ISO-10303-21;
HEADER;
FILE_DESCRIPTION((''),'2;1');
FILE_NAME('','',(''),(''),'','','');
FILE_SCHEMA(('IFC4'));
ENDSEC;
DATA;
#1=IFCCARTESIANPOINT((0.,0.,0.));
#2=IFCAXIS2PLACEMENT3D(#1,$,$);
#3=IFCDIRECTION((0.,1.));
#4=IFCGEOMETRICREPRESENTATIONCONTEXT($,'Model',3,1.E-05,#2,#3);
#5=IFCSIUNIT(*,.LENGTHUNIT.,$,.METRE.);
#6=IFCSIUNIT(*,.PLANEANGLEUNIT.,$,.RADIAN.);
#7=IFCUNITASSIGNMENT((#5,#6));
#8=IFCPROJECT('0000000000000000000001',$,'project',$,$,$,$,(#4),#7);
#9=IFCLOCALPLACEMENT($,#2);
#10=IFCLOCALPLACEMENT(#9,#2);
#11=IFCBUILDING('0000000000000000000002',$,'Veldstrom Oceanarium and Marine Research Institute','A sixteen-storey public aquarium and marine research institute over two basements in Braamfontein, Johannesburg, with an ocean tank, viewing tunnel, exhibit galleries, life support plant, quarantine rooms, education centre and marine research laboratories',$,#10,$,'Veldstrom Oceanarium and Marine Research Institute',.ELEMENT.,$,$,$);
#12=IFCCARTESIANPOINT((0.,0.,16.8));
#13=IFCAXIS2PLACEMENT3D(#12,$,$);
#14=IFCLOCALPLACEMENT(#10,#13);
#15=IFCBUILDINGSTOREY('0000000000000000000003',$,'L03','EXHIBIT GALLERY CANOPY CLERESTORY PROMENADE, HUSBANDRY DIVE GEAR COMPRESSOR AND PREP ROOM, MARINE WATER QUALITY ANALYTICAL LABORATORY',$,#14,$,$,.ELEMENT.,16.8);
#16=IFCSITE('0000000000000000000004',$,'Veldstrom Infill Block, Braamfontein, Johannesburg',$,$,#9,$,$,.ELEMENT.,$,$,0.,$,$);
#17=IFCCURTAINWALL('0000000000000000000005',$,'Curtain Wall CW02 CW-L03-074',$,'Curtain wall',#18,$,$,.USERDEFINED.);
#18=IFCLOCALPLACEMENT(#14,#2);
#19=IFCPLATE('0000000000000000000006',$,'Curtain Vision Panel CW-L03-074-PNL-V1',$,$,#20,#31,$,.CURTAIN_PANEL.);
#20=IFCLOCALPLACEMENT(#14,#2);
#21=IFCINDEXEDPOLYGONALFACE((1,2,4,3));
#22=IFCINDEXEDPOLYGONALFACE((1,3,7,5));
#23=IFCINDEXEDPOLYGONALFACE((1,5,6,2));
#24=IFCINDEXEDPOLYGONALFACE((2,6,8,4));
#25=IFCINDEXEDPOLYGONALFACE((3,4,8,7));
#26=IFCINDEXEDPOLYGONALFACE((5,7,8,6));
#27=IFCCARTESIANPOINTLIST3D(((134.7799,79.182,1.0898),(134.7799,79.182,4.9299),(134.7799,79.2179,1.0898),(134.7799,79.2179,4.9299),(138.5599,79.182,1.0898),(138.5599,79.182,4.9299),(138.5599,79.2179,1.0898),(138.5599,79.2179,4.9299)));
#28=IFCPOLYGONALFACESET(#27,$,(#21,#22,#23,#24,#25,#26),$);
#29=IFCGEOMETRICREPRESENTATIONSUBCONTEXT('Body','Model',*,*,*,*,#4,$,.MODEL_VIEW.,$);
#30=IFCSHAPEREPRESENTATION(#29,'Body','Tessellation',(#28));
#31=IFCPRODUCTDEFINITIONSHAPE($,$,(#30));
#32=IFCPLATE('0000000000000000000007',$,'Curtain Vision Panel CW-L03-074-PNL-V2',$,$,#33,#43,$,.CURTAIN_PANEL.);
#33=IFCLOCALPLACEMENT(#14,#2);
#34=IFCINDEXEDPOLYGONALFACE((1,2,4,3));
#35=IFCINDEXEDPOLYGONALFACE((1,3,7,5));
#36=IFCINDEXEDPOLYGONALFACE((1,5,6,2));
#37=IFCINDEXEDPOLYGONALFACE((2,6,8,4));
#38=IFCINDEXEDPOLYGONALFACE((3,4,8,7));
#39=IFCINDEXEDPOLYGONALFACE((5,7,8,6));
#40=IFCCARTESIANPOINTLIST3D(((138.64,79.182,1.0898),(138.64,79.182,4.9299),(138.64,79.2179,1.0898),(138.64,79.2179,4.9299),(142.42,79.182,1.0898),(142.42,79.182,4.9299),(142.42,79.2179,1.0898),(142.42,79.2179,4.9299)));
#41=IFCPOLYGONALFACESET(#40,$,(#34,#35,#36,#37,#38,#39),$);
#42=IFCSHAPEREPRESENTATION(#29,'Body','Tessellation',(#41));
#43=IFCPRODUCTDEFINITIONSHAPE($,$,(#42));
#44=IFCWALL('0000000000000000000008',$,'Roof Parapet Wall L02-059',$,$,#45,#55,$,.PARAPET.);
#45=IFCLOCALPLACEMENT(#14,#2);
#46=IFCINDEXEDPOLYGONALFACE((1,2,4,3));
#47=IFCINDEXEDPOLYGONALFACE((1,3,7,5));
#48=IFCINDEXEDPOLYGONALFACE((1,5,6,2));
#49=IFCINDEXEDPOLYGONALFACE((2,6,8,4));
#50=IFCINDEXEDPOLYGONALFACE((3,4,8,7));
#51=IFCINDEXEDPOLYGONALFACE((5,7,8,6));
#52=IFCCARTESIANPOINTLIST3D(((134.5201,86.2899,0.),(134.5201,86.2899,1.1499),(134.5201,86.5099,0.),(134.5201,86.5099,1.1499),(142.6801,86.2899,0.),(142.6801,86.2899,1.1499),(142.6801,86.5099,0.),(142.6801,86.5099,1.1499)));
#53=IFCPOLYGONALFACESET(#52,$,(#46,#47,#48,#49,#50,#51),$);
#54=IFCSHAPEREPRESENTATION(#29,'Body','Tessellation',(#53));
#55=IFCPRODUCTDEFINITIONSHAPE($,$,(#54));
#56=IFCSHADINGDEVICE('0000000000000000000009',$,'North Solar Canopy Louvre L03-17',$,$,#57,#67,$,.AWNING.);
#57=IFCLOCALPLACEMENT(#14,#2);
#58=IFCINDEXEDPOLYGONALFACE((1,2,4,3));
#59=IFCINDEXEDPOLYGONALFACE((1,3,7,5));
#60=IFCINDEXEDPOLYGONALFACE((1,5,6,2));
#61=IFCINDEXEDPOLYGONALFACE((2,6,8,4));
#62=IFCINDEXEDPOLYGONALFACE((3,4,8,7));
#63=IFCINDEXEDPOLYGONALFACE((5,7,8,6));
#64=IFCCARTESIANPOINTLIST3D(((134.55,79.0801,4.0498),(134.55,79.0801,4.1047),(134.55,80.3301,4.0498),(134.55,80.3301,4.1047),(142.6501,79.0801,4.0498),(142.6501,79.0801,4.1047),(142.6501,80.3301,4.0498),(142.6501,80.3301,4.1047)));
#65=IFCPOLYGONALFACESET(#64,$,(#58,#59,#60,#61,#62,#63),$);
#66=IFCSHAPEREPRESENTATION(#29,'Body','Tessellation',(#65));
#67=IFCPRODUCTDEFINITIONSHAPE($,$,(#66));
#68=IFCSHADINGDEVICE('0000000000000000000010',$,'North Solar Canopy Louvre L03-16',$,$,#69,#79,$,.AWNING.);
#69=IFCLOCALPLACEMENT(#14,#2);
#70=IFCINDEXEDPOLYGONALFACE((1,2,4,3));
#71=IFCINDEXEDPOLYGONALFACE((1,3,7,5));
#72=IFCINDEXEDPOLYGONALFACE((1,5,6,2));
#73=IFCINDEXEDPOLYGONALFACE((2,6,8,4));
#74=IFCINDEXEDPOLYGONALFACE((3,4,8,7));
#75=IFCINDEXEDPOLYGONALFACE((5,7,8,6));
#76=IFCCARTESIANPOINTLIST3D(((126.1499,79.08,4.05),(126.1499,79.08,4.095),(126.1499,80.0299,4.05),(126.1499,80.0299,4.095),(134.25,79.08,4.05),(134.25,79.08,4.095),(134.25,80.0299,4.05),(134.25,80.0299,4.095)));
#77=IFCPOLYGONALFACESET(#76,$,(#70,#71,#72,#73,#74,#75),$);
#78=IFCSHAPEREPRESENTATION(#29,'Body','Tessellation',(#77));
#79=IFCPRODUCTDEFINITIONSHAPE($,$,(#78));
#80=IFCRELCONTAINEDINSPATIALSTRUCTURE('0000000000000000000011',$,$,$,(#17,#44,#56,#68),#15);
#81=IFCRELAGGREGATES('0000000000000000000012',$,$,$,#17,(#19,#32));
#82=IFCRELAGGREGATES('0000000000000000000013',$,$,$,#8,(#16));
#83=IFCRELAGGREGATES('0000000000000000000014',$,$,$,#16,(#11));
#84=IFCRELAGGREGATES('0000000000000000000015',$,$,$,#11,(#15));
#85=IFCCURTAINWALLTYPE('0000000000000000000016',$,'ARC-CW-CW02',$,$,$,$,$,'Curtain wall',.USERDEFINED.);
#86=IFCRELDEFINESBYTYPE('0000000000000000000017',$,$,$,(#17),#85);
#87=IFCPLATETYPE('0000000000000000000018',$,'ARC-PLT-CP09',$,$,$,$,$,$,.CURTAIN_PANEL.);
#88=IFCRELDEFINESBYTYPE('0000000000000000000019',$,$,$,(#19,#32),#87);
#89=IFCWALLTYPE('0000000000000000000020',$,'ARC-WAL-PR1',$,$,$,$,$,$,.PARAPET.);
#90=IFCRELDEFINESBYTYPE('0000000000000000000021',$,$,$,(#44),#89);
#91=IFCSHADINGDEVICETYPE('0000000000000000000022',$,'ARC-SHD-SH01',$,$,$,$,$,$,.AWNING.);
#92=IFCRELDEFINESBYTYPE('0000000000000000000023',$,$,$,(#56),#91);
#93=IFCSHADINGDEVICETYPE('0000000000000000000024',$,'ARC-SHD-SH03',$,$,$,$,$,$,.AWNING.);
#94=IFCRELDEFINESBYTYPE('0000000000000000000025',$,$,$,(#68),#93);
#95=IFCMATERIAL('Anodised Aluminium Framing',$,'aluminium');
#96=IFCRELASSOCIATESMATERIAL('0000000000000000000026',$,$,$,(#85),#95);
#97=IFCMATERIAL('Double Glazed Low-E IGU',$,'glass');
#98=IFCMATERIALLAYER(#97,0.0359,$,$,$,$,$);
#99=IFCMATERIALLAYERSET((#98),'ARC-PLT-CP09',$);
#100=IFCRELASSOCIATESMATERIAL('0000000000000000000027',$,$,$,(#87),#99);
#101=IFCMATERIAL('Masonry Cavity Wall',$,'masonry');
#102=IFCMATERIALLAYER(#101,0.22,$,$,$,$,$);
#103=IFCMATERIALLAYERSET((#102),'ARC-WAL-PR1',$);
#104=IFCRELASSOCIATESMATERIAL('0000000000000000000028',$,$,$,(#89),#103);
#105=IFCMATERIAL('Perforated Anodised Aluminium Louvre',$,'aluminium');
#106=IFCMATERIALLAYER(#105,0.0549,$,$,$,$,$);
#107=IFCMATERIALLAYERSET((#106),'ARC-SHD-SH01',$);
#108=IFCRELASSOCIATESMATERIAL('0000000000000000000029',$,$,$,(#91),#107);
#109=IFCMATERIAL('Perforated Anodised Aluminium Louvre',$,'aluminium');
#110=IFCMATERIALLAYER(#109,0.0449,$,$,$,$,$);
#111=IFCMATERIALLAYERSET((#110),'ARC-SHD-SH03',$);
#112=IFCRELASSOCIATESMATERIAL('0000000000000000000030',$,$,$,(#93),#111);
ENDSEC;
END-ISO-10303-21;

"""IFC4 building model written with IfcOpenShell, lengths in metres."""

from ifc_helpers import new_model, si_unit, direction, frame, frame_2d, origin, origin_2d, place, context, subcontext, project, spatial, rectangle, extrude, material, layer, layer_set, type_object, element, aggregate, save


model = new_model("IFC4")

# Units and contexts
model_context = context("Model", 3, precision=1e-05, world=origin(), true_north=direction((0.0, 1.0)))
body_context = subcontext(model_context, "Body", "Model", "MODEL_VIEW")
ifc_project = project(units=[si_unit("LENGTHUNIT", "METRE"), si_unit("PLANEANGLEUNIT", "RADIAN")], contexts=[model_context])

# Site, building, storey
site_placement = place(None, origin())
site = spatial("IfcSite", under=ifc_project, at=site_placement, Name="Veldstrom Infill Block, Braamfontein, Johannesburg", CompositionType="ELEMENT", RefElevation=0.0)
building_placement = place(site_placement, origin())
building = spatial("IfcBuilding", under=site, at=building_placement, Name="Veldstrom Oceanarium and Marine Research Institute", Description="A sixteen-storey public aquarium and marine research institute over two basements in Braamfontein, Johannesburg, with an ocean tank, viewing tunnel, exhibit galleries, life support plant, quarantine rooms, education centre and marine research laboratories", LongName="Veldstrom Oceanarium and Marine Research Institute", CompositionType="ELEMENT")
storey_placement = place(building_placement, frame((0.0, 0.0, 16.8)))
storey = spatial("IfcBuildingStorey", under=building, at=storey_placement, Name="L03", Description="EXHIBIT GALLERY CANOPY CLERESTORY PROMENADE, HUSBANDRY DIVE GEAR COMPRESSOR AND PREP ROOM, MARINE WATER QUALITY ANALYTICAL LABORATORY", CompositionType="ELEMENT", Elevation=16.8)

# Curtain wall
ifc_material_1 = material(Name="Anodised Aluminium Framing", Category="aluminium")
curtain_wall_type = type_object("IfcCurtainWallType", Name="ARC-CW-CW02", ElementType="Curtain wall", PredefinedType="USERDEFINED", material=ifc_material_1)
curtain_wall_1_placement = place(storey_placement, origin())
curtain_wall_1 = element("IfcCurtainWall", 1, at=curtain_wall_1_placement, inside=storey, type_object=curtain_wall_type, Name="Curtain Wall CW02 CW-L03-074", ObjectType="Curtain wall", PredefinedType="USERDEFINED")

# Plates
ifc_material_2 = material(Name="Double Glazed Low-E IGU", Category="glass")
ifc_layer_1 = layer(ifc_material_2, 0.0359)
ifc_layer_set_1 = layer_set([ifc_layer_1], Name="ARC-PLT-CP09")
plate_type_1 = type_object("IfcPlateType", Name="ARC-PLT-CP09", PredefinedType="CURTAIN_PANEL", material=ifc_layer_set_1)
plate_1_placement = place(storey_placement, frame((136.6699, 79.2, 1.0898), z_axis=(0.0, 0.0, 1.0), x_axis=(1.0, 0.0, 0.0)))
plate_1 = element("IfcPlate", 2, at=plate_1_placement, type_object=plate_type_1, Name="Curtain Vision Panel CW-L03-074-PNL-V1", PredefinedType="CURTAIN_PANEL", context=body_context, shape_type="SweptSolid", body=[
    extrude(rectangle(XDim=3.78, YDim=0.0359, at=origin_2d()), origin(), (0.0, 0.0, 1.0), 3.8401),
])
plate_2_placement = place(storey_placement, frame((140.53, 79.2, 1.0898), z_axis=(0.0, 0.0, 1.0), x_axis=(1.0, 0.0, 0.0)))
plate_2 = element("IfcPlate", 3, at=plate_2_placement, type_object=plate_type_1, Name="Curtain Vision Panel CW-L03-074-PNL-V2", PredefinedType="CURTAIN_PANEL", context=body_context, shape_type="SweptSolid", body=[
    extrude(rectangle(XDim=3.78, YDim=0.0359, at=origin_2d()), origin(), (0.0, 0.0, 1.0), 3.8401),
])
aggregate(curtain_wall_1, [plate_1, plate_2])

# Wall
ifc_material_3 = material(Name="Masonry Cavity Wall", Category="masonry")
ifc_layer_2 = layer(ifc_material_3, 0.22)
ifc_layer_set_2 = layer_set([ifc_layer_2], Name="ARC-WAL-PR1")
wall_type = type_object("IfcWallType", Name="ARC-WAL-PR1", PredefinedType="PARAPET", material=ifc_layer_set_2)
wall_placement = place(storey_placement, frame((134.52, 86.3999, 0.0), z_axis=(0.0, 0.0, 1.0), x_axis=(1.0, 0.0, 0.0)))
element("IfcWall", 4, at=wall_placement, inside=storey, type_object=wall_type, Name="Roof Parapet Wall L02-059", PredefinedType="PARAPET", context=body_context, shape_type="SweptSolid", body=[
    extrude(rectangle(XDim=8.1599, YDim=0.22, at=frame_2d((4.0801, 0.0))), origin(), (0.0, 0.0, 1.0), 1.1499),
])

# Shading devices
ifc_material_4 = material(Name="Perforated Anodised Aluminium Louvre", Category="aluminium")
ifc_layer_3 = layer(ifc_material_4, 0.0549)
ifc_layer_set_3 = layer_set([ifc_layer_3], Name="ARC-SHD-SH01")
shading_device_type_1 = type_object("IfcShadingDeviceType", Name="ARC-SHD-SH01", PredefinedType="AWNING", material=ifc_layer_set_3)
shading_device_1_placement = place(storey_placement, frame((138.6001, 79.7051, 4.0498), z_axis=(0.0, 0.0, 1.0), x_axis=(1.0, 0.0, 0.0)))
element("IfcShadingDevice", 5, at=shading_device_1_placement, inside=storey, type_object=shading_device_type_1, Name="North Solar Canopy Louvre L03-17", PredefinedType="AWNING", context=body_context, shape_type="SweptSolid", body=[
    extrude(rectangle(XDim=8.1001, YDim=1.25, at=origin_2d()), origin(), (0.0, 0.0, 1.0), 0.0549),
])
ifc_material_5 = material(Name="Perforated Anodised Aluminium Louvre", Category="aluminium")
ifc_layer_4 = layer(ifc_material_5, 0.0449)
ifc_layer_set_4 = layer_set([ifc_layer_4], Name="ARC-SHD-SH03")
shading_device_type_2 = type_object("IfcShadingDeviceType", Name="ARC-SHD-SH03", PredefinedType="AWNING", material=ifc_layer_set_4)
shading_device_2_placement = place(storey_placement, frame((130.2, 79.5549, 4.05), z_axis=(0.0, 0.0, 1.0), x_axis=(1.0, 0.0, 0.0)))
element("IfcShadingDevice", 6, at=shading_device_2_placement, inside=storey, type_object=shading_device_type_2, Name="North Solar Canopy Louvre L03-16", PredefinedType="AWNING", context=body_context, shape_type="SweptSolid", body=[
    extrude(rectangle(XDim=8.1001, YDim=0.95, at=origin_2d()), origin(), (0.0, 0.0, 1.0), 0.0449),
])

save(model, "model.ifc")
